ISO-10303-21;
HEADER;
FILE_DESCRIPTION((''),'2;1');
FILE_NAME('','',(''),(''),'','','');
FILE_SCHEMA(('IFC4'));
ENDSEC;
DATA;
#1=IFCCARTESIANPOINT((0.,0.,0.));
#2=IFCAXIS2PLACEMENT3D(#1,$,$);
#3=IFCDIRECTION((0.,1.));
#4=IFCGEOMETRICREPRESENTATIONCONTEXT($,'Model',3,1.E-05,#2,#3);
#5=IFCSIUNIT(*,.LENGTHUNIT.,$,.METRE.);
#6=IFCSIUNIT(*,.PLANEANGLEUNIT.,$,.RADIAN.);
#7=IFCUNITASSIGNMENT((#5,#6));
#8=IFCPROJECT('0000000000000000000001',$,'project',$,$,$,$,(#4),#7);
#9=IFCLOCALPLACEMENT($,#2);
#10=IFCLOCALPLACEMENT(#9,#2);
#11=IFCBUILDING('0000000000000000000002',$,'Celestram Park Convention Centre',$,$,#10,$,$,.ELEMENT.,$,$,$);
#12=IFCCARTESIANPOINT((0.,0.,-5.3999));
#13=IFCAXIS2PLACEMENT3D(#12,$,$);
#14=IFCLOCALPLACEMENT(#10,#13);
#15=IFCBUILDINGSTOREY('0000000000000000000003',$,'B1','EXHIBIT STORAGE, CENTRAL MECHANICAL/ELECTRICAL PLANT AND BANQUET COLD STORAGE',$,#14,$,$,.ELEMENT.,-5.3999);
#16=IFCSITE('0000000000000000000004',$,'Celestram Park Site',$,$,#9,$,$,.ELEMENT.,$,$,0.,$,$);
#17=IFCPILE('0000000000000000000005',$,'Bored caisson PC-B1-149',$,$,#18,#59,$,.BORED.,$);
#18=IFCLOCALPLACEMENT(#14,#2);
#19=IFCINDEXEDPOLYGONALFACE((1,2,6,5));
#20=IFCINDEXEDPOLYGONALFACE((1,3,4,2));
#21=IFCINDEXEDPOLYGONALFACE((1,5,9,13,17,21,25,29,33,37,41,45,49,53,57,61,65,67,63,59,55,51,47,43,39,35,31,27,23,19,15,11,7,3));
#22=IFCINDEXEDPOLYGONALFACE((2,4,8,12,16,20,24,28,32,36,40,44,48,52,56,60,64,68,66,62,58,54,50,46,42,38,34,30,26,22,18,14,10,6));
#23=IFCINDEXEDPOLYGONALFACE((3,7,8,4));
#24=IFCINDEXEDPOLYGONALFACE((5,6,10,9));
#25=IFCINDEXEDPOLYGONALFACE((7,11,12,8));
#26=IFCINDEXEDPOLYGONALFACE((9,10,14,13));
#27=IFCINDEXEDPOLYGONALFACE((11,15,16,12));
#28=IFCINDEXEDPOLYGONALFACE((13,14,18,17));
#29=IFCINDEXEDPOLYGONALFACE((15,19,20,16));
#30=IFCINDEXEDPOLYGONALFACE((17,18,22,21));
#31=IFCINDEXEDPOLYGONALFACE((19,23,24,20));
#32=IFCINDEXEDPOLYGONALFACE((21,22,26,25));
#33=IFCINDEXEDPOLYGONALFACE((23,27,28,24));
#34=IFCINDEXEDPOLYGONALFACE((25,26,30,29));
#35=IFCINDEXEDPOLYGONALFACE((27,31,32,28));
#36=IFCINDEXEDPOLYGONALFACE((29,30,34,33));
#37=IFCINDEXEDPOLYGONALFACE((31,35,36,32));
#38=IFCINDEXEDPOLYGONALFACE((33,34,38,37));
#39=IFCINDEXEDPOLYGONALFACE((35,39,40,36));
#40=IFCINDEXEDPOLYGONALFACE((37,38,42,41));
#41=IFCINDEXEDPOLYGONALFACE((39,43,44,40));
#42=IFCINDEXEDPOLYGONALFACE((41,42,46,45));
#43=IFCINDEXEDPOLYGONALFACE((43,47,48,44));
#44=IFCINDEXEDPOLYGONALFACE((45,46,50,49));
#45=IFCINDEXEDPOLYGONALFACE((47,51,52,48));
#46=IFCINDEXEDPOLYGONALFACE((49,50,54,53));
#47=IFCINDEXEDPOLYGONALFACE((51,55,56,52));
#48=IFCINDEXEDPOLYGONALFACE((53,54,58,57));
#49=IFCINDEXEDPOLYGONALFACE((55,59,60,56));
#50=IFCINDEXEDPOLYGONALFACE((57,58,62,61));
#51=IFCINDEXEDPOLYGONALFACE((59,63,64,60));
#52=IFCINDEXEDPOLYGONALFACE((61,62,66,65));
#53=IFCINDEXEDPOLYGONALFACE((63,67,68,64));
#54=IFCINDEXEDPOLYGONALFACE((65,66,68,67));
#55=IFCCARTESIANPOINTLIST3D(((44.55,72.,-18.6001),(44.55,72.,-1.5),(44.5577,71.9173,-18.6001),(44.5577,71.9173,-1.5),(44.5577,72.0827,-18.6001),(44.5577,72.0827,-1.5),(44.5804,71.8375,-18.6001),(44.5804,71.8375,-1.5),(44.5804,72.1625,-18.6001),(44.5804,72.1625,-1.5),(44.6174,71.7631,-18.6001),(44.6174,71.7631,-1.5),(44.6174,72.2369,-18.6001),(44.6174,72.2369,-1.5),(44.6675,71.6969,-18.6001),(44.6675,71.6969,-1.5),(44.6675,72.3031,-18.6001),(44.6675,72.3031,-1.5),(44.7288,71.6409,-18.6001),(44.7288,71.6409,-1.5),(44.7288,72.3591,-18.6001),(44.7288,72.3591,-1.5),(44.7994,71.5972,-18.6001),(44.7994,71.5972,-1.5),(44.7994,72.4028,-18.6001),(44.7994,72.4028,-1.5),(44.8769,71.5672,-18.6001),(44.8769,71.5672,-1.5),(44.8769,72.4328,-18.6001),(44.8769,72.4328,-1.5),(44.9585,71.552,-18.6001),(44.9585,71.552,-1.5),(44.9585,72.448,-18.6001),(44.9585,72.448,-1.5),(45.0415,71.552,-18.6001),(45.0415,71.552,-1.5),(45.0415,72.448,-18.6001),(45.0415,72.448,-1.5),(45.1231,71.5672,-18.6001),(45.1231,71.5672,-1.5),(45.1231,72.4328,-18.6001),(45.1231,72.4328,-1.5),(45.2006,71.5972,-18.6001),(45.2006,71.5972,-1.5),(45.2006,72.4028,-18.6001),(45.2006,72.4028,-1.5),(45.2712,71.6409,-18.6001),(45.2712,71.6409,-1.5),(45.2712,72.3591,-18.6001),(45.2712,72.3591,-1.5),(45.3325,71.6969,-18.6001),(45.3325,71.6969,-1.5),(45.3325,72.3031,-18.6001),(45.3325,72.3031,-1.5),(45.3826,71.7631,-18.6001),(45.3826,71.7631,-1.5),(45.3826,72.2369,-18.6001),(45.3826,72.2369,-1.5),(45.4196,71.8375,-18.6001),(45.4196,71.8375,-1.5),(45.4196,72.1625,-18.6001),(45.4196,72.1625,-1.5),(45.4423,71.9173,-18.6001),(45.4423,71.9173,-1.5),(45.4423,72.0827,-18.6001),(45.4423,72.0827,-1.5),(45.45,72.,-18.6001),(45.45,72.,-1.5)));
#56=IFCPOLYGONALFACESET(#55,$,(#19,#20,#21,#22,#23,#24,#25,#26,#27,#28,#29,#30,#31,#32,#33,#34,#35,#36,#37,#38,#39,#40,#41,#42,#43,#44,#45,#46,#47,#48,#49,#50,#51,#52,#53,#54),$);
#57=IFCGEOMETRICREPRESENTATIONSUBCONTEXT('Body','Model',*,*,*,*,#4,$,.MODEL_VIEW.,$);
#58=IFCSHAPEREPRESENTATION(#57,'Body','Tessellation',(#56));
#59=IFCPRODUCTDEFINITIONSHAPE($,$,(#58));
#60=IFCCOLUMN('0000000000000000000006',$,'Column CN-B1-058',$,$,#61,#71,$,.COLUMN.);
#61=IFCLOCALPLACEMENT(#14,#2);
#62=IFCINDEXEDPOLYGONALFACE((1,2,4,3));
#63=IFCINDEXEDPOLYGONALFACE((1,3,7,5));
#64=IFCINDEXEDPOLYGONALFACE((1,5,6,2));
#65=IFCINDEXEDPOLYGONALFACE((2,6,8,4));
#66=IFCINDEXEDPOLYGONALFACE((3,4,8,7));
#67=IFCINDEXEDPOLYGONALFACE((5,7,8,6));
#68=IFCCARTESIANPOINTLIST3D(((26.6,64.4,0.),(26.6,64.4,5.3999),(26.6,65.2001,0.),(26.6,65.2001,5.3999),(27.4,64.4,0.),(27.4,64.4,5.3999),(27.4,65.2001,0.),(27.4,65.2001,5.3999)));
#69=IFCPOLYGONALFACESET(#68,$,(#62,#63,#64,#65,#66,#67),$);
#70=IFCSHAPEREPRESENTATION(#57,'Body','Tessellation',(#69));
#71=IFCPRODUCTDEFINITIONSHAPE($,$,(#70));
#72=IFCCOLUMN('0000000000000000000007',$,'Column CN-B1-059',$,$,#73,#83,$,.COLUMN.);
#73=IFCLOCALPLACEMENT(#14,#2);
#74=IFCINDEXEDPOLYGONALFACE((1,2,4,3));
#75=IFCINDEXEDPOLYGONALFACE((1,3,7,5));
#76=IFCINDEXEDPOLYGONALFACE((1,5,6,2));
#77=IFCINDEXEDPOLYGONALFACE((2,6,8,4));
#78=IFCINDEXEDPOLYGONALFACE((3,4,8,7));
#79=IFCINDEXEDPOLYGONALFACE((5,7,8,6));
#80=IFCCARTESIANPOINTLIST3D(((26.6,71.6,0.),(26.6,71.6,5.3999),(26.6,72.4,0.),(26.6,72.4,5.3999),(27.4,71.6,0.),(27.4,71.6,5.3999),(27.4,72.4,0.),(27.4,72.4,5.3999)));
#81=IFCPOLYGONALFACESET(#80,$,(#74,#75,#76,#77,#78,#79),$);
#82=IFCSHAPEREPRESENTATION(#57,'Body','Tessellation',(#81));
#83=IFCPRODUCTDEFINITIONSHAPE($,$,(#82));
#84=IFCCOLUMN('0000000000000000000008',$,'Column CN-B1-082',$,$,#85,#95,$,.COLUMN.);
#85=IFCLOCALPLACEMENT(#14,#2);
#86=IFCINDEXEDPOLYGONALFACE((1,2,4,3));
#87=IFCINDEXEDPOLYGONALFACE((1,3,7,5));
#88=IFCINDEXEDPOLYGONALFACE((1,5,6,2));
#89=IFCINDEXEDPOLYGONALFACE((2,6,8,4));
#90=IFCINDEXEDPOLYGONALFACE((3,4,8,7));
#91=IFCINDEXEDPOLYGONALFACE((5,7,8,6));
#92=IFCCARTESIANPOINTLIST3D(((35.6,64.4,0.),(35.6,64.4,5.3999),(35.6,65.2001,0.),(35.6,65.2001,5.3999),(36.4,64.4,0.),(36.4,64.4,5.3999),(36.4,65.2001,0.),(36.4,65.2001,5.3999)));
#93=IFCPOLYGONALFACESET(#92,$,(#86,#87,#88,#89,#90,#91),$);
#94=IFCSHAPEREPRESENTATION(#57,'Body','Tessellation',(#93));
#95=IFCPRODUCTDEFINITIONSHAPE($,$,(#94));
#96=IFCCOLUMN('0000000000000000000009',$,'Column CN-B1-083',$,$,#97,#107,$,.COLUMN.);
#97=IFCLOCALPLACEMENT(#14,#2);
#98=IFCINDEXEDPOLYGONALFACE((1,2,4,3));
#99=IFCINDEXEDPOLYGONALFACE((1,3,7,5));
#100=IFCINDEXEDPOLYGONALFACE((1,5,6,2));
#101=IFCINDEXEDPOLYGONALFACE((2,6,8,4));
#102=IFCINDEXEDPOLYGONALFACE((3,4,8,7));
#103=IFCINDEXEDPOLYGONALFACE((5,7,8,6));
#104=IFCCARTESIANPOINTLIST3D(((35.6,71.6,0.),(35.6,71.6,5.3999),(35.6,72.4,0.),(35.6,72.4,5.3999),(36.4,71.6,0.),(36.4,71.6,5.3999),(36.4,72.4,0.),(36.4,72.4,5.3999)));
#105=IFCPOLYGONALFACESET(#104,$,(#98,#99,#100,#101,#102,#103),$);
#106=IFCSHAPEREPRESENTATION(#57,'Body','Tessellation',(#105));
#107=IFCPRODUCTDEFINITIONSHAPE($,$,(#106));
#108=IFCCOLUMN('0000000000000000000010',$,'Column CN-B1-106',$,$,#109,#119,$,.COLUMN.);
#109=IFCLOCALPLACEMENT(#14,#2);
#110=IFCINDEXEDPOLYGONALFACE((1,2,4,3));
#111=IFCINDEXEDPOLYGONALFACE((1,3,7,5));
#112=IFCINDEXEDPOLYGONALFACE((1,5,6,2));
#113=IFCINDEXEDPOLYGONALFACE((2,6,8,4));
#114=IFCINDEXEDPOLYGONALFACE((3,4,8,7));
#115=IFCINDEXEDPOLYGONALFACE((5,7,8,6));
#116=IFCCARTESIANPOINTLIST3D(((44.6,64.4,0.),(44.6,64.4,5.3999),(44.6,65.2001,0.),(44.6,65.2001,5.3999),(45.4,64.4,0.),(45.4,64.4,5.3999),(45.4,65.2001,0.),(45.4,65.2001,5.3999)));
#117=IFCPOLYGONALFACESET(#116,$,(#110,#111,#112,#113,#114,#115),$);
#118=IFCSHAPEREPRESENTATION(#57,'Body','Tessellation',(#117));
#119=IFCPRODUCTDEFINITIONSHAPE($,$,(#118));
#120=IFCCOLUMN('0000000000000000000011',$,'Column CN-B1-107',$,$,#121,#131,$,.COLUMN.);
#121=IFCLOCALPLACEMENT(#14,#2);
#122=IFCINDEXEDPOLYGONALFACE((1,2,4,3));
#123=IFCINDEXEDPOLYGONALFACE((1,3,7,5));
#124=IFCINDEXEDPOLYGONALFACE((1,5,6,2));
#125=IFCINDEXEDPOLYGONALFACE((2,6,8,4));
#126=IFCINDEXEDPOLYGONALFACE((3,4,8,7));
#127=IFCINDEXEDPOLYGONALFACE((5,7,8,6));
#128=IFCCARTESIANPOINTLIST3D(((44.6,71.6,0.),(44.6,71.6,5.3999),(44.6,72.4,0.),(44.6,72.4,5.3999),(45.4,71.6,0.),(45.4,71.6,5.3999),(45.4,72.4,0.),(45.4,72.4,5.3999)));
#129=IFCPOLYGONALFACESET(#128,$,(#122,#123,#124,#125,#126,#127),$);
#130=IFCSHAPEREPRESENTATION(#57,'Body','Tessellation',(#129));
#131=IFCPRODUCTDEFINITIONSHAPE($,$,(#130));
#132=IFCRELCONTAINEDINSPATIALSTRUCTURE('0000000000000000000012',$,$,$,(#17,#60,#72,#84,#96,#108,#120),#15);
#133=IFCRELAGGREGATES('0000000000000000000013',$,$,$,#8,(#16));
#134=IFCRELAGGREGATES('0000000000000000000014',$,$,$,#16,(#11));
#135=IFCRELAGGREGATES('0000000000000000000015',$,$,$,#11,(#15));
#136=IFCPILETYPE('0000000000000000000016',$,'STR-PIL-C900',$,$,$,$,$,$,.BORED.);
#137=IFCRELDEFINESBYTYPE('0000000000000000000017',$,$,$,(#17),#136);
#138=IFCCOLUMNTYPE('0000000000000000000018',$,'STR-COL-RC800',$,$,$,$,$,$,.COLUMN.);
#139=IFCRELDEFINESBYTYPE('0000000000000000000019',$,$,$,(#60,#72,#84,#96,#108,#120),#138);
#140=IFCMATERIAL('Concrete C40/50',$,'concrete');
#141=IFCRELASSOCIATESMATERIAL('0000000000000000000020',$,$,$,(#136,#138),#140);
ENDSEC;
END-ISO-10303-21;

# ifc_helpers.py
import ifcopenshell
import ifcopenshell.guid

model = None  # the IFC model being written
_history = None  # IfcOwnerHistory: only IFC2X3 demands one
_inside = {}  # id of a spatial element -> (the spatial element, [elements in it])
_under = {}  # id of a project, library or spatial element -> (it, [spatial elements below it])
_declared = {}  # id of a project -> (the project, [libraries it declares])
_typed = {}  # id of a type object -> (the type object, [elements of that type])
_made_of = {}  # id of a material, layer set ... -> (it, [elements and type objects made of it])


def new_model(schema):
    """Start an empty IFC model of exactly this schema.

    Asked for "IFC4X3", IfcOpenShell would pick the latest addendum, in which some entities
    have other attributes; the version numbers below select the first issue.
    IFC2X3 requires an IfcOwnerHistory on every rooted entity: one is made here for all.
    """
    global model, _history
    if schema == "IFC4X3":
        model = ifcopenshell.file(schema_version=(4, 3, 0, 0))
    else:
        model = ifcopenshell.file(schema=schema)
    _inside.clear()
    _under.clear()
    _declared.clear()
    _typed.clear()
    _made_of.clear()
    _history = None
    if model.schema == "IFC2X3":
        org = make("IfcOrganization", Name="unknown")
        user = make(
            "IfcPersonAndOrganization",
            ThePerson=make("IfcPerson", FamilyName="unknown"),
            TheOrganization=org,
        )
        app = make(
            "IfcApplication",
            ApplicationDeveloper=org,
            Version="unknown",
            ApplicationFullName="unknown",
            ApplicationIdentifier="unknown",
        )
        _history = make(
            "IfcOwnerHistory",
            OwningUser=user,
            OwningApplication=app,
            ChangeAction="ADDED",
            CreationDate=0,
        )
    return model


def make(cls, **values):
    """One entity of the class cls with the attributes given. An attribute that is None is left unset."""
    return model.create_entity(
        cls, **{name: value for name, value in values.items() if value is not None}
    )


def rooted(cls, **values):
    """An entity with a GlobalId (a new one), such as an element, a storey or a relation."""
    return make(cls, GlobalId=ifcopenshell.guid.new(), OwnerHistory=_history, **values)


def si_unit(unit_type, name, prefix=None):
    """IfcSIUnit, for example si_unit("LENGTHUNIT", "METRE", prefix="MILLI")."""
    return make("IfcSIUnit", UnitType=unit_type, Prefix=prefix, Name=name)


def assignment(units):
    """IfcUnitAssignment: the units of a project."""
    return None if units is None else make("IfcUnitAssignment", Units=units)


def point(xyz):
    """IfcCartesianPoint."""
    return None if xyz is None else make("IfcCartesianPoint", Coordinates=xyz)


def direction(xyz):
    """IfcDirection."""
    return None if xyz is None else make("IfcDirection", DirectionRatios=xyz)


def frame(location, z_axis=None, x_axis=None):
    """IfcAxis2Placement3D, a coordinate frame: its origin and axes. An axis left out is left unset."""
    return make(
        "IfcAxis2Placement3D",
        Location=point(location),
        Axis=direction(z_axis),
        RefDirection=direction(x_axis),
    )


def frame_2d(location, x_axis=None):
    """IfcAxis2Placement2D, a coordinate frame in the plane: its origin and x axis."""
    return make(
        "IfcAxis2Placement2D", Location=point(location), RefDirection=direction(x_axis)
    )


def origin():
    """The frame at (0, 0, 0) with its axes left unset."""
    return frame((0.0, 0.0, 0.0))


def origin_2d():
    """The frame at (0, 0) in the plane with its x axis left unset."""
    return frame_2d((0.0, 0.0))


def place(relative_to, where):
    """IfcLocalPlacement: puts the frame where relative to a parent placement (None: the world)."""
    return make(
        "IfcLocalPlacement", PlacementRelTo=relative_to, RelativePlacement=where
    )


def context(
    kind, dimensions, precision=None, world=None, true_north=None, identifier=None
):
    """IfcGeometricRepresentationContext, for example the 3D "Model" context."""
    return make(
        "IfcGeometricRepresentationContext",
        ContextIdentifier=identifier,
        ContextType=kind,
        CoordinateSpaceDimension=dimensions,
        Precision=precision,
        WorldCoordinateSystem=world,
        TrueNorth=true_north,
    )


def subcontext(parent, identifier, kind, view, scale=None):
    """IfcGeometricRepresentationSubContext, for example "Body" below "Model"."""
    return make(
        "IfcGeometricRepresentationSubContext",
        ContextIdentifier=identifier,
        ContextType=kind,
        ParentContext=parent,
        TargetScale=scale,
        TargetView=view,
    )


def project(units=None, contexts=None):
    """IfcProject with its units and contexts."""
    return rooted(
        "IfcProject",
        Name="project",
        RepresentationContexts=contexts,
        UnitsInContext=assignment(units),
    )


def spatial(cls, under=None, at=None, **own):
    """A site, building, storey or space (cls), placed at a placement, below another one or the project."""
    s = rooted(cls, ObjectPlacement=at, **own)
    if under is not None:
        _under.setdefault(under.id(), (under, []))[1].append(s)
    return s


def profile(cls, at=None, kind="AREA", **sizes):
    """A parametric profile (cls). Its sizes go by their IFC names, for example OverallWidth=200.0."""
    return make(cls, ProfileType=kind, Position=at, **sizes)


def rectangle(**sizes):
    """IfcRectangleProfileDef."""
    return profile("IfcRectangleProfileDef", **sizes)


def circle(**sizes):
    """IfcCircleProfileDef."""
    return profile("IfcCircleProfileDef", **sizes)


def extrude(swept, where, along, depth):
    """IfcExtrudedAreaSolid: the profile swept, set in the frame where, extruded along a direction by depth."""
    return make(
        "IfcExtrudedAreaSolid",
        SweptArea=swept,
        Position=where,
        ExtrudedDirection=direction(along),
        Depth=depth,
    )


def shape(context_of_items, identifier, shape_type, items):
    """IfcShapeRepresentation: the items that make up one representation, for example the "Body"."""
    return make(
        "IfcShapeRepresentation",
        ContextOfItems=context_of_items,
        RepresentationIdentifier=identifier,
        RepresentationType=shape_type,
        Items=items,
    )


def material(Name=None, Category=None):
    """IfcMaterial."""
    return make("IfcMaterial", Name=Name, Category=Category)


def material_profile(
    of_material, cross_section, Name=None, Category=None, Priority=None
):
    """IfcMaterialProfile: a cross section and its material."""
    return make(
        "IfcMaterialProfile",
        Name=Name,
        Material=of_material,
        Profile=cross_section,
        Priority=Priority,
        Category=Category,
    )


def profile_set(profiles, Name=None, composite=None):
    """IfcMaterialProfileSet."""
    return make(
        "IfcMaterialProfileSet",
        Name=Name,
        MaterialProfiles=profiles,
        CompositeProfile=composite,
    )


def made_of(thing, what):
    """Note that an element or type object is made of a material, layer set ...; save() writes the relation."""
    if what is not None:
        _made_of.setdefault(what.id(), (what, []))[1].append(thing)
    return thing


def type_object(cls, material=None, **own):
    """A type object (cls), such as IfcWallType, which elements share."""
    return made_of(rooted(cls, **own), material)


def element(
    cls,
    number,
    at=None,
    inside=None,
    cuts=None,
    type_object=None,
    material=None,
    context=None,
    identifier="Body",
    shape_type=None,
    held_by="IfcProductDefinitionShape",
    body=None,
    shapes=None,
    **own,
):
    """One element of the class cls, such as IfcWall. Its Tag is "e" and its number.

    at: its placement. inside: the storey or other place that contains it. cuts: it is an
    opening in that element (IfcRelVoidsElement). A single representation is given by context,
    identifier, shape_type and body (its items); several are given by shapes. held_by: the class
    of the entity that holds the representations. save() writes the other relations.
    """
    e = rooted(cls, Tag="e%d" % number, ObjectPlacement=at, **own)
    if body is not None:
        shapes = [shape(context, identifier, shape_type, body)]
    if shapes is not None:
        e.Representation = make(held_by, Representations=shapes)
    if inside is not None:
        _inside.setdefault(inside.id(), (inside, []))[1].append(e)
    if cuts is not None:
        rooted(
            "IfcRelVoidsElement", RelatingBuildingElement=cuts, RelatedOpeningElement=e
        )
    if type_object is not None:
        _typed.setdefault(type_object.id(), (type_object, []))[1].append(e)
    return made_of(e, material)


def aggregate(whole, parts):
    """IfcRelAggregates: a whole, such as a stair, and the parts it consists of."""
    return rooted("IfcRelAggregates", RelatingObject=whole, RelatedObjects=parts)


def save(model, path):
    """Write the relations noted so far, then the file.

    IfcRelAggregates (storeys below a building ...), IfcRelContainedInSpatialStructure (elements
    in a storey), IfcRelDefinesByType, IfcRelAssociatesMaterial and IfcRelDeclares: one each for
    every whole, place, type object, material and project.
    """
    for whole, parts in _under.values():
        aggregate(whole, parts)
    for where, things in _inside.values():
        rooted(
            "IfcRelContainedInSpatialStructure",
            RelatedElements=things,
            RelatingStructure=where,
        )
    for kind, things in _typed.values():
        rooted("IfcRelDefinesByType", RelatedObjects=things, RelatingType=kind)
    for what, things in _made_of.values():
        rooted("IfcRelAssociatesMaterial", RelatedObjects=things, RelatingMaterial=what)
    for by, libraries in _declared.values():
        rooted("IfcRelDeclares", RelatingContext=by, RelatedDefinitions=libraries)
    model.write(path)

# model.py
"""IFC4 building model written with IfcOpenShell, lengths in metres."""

from ifc_helpers import new_model, si_unit, direction, frame, origin, origin_2d, place, context, subcontext, project, spatial, rectangle, circle, extrude, material, material_profile, profile_set, type_object, element, save


model = new_model("IFC4")

# Units and contexts
model_context = context("Model", 3, precision=1e-05, world=origin(), true_north=direction((0.0, 1.0)))
body_context = subcontext(model_context, "Body", "Model", "MODEL_VIEW")
ifc_project = project(units=[si_unit("LENGTHUNIT", "METRE"), si_unit("PLANEANGLEUNIT", "RADIAN")], contexts=[model_context])

# Site, building, storey
site_placement = place(None, origin())
site = spatial("IfcSite", under=ifc_project, at=site_placement, Name="Celestram Park Site", CompositionType="ELEMENT", RefElevation=0.0)
building_placement = place(site_placement, origin())
building = spatial("IfcBuilding", under=site, at=building_placement, Name="Celestram Park Convention Centre", CompositionType="ELEMENT")
storey_placement = place(building_placement, frame((0.0, 0.0, -5.3999)))
storey = spatial("IfcBuildingStorey", under=building, at=storey_placement, Name="B1", Description="EXHIBIT STORAGE, CENTRAL MECHANICAL/ELECTRICAL PLANT AND BANQUET COLD STORAGE", CompositionType="ELEMENT", Elevation=-5.3999)

# Shared definitions
ifc_material_1 = material(Name="Concrete C40/50", Category="concrete")

# Pile
ifc_material_profile_1 = material_profile(ifc_material_1, circle(Radius=0.45, at=origin_2d()), Name="CAISSON900")
ifc_profile_set_1 = profile_set([ifc_material_profile_1], Name="Concrete C40/50")
pile_type = type_object("IfcPileType", Name="STR-PIL-C900", PredefinedType="BORED", material=ifc_profile_set_1)
for number, where, z_axis, x_axis, name in (
    (1, (45.0, 72.0, -1.5), (0.0, 0.0, -1.0), (1.0, 0.0, 0.0), "Bored caisson PC-B1-149"),
):
    element("IfcPile", number, at=place(storey_placement, frame(where, z_axis=z_axis, x_axis=x_axis)), inside=storey, type_object=pile_type, Name=name, PredefinedType="BORED", context=body_context, shape_type="SweptSolid", body=[
        extrude(circle(Radius=0.45, at=origin_2d()), origin(), (0.0, 0.0, 1.0), 17.1001),
    ])

# Columns
ifc_material_profile_2 = material_profile(ifc_material_1, rectangle(XDim=0.8, YDim=0.8, at=origin_2d()), Name="RC800X800")
ifc_profile_set_2 = profile_set([ifc_material_profile_2], Name="Concrete C40/50")
column_type = type_object("IfcColumnType", Name="STR-COL-RC800", PredefinedType="COLUMN", material=ifc_profile_set_2)
for number, where, z_axis, x_axis, name in (
    (2, (27.0, 64.8, 0.0), (0.0, 0.0, 1.0), (1.0, 0.0, 0.0), "Column CN-B1-058"),
    (3, (27.0, 72.0, 0.0), (0.0, 0.0, 1.0), (1.0, 0.0, 0.0), "Column CN-B1-059"),
    (4, (36.0, 64.8, 0.0), (0.0, 0.0, 1.0), (1.0, 0.0, 0.0), "Column CN-B1-082"),
    (5, (36.0, 72.0, 0.0), (0.0, 0.0, 1.0), (1.0, 0.0, 0.0), "Column CN-B1-083"),
    (6, (45.0, 64.8, 0.0), (0.0, 0.0, 1.0), (1.0, 0.0, 0.0), "Column CN-B1-106"),
    (7, (45.0, 72.0, 0.0), (0.0, 0.0, 1.0), (1.0, 0.0, 0.0), "Column CN-B1-107"),
):
    element("IfcColumn", number, at=place(storey_placement, frame(where, z_axis=z_axis, x_axis=x_axis)), inside=storey, type_object=column_type, Name=name, PredefinedType="COLUMN", context=body_context, shape_type="SweptSolid", body=[
        extrude(rectangle(XDim=0.8, YDim=0.8, at=origin_2d()), origin(), (0.0, 0.0, 1.0), 5.3999),
    ])

save(model, "model.ifc")
